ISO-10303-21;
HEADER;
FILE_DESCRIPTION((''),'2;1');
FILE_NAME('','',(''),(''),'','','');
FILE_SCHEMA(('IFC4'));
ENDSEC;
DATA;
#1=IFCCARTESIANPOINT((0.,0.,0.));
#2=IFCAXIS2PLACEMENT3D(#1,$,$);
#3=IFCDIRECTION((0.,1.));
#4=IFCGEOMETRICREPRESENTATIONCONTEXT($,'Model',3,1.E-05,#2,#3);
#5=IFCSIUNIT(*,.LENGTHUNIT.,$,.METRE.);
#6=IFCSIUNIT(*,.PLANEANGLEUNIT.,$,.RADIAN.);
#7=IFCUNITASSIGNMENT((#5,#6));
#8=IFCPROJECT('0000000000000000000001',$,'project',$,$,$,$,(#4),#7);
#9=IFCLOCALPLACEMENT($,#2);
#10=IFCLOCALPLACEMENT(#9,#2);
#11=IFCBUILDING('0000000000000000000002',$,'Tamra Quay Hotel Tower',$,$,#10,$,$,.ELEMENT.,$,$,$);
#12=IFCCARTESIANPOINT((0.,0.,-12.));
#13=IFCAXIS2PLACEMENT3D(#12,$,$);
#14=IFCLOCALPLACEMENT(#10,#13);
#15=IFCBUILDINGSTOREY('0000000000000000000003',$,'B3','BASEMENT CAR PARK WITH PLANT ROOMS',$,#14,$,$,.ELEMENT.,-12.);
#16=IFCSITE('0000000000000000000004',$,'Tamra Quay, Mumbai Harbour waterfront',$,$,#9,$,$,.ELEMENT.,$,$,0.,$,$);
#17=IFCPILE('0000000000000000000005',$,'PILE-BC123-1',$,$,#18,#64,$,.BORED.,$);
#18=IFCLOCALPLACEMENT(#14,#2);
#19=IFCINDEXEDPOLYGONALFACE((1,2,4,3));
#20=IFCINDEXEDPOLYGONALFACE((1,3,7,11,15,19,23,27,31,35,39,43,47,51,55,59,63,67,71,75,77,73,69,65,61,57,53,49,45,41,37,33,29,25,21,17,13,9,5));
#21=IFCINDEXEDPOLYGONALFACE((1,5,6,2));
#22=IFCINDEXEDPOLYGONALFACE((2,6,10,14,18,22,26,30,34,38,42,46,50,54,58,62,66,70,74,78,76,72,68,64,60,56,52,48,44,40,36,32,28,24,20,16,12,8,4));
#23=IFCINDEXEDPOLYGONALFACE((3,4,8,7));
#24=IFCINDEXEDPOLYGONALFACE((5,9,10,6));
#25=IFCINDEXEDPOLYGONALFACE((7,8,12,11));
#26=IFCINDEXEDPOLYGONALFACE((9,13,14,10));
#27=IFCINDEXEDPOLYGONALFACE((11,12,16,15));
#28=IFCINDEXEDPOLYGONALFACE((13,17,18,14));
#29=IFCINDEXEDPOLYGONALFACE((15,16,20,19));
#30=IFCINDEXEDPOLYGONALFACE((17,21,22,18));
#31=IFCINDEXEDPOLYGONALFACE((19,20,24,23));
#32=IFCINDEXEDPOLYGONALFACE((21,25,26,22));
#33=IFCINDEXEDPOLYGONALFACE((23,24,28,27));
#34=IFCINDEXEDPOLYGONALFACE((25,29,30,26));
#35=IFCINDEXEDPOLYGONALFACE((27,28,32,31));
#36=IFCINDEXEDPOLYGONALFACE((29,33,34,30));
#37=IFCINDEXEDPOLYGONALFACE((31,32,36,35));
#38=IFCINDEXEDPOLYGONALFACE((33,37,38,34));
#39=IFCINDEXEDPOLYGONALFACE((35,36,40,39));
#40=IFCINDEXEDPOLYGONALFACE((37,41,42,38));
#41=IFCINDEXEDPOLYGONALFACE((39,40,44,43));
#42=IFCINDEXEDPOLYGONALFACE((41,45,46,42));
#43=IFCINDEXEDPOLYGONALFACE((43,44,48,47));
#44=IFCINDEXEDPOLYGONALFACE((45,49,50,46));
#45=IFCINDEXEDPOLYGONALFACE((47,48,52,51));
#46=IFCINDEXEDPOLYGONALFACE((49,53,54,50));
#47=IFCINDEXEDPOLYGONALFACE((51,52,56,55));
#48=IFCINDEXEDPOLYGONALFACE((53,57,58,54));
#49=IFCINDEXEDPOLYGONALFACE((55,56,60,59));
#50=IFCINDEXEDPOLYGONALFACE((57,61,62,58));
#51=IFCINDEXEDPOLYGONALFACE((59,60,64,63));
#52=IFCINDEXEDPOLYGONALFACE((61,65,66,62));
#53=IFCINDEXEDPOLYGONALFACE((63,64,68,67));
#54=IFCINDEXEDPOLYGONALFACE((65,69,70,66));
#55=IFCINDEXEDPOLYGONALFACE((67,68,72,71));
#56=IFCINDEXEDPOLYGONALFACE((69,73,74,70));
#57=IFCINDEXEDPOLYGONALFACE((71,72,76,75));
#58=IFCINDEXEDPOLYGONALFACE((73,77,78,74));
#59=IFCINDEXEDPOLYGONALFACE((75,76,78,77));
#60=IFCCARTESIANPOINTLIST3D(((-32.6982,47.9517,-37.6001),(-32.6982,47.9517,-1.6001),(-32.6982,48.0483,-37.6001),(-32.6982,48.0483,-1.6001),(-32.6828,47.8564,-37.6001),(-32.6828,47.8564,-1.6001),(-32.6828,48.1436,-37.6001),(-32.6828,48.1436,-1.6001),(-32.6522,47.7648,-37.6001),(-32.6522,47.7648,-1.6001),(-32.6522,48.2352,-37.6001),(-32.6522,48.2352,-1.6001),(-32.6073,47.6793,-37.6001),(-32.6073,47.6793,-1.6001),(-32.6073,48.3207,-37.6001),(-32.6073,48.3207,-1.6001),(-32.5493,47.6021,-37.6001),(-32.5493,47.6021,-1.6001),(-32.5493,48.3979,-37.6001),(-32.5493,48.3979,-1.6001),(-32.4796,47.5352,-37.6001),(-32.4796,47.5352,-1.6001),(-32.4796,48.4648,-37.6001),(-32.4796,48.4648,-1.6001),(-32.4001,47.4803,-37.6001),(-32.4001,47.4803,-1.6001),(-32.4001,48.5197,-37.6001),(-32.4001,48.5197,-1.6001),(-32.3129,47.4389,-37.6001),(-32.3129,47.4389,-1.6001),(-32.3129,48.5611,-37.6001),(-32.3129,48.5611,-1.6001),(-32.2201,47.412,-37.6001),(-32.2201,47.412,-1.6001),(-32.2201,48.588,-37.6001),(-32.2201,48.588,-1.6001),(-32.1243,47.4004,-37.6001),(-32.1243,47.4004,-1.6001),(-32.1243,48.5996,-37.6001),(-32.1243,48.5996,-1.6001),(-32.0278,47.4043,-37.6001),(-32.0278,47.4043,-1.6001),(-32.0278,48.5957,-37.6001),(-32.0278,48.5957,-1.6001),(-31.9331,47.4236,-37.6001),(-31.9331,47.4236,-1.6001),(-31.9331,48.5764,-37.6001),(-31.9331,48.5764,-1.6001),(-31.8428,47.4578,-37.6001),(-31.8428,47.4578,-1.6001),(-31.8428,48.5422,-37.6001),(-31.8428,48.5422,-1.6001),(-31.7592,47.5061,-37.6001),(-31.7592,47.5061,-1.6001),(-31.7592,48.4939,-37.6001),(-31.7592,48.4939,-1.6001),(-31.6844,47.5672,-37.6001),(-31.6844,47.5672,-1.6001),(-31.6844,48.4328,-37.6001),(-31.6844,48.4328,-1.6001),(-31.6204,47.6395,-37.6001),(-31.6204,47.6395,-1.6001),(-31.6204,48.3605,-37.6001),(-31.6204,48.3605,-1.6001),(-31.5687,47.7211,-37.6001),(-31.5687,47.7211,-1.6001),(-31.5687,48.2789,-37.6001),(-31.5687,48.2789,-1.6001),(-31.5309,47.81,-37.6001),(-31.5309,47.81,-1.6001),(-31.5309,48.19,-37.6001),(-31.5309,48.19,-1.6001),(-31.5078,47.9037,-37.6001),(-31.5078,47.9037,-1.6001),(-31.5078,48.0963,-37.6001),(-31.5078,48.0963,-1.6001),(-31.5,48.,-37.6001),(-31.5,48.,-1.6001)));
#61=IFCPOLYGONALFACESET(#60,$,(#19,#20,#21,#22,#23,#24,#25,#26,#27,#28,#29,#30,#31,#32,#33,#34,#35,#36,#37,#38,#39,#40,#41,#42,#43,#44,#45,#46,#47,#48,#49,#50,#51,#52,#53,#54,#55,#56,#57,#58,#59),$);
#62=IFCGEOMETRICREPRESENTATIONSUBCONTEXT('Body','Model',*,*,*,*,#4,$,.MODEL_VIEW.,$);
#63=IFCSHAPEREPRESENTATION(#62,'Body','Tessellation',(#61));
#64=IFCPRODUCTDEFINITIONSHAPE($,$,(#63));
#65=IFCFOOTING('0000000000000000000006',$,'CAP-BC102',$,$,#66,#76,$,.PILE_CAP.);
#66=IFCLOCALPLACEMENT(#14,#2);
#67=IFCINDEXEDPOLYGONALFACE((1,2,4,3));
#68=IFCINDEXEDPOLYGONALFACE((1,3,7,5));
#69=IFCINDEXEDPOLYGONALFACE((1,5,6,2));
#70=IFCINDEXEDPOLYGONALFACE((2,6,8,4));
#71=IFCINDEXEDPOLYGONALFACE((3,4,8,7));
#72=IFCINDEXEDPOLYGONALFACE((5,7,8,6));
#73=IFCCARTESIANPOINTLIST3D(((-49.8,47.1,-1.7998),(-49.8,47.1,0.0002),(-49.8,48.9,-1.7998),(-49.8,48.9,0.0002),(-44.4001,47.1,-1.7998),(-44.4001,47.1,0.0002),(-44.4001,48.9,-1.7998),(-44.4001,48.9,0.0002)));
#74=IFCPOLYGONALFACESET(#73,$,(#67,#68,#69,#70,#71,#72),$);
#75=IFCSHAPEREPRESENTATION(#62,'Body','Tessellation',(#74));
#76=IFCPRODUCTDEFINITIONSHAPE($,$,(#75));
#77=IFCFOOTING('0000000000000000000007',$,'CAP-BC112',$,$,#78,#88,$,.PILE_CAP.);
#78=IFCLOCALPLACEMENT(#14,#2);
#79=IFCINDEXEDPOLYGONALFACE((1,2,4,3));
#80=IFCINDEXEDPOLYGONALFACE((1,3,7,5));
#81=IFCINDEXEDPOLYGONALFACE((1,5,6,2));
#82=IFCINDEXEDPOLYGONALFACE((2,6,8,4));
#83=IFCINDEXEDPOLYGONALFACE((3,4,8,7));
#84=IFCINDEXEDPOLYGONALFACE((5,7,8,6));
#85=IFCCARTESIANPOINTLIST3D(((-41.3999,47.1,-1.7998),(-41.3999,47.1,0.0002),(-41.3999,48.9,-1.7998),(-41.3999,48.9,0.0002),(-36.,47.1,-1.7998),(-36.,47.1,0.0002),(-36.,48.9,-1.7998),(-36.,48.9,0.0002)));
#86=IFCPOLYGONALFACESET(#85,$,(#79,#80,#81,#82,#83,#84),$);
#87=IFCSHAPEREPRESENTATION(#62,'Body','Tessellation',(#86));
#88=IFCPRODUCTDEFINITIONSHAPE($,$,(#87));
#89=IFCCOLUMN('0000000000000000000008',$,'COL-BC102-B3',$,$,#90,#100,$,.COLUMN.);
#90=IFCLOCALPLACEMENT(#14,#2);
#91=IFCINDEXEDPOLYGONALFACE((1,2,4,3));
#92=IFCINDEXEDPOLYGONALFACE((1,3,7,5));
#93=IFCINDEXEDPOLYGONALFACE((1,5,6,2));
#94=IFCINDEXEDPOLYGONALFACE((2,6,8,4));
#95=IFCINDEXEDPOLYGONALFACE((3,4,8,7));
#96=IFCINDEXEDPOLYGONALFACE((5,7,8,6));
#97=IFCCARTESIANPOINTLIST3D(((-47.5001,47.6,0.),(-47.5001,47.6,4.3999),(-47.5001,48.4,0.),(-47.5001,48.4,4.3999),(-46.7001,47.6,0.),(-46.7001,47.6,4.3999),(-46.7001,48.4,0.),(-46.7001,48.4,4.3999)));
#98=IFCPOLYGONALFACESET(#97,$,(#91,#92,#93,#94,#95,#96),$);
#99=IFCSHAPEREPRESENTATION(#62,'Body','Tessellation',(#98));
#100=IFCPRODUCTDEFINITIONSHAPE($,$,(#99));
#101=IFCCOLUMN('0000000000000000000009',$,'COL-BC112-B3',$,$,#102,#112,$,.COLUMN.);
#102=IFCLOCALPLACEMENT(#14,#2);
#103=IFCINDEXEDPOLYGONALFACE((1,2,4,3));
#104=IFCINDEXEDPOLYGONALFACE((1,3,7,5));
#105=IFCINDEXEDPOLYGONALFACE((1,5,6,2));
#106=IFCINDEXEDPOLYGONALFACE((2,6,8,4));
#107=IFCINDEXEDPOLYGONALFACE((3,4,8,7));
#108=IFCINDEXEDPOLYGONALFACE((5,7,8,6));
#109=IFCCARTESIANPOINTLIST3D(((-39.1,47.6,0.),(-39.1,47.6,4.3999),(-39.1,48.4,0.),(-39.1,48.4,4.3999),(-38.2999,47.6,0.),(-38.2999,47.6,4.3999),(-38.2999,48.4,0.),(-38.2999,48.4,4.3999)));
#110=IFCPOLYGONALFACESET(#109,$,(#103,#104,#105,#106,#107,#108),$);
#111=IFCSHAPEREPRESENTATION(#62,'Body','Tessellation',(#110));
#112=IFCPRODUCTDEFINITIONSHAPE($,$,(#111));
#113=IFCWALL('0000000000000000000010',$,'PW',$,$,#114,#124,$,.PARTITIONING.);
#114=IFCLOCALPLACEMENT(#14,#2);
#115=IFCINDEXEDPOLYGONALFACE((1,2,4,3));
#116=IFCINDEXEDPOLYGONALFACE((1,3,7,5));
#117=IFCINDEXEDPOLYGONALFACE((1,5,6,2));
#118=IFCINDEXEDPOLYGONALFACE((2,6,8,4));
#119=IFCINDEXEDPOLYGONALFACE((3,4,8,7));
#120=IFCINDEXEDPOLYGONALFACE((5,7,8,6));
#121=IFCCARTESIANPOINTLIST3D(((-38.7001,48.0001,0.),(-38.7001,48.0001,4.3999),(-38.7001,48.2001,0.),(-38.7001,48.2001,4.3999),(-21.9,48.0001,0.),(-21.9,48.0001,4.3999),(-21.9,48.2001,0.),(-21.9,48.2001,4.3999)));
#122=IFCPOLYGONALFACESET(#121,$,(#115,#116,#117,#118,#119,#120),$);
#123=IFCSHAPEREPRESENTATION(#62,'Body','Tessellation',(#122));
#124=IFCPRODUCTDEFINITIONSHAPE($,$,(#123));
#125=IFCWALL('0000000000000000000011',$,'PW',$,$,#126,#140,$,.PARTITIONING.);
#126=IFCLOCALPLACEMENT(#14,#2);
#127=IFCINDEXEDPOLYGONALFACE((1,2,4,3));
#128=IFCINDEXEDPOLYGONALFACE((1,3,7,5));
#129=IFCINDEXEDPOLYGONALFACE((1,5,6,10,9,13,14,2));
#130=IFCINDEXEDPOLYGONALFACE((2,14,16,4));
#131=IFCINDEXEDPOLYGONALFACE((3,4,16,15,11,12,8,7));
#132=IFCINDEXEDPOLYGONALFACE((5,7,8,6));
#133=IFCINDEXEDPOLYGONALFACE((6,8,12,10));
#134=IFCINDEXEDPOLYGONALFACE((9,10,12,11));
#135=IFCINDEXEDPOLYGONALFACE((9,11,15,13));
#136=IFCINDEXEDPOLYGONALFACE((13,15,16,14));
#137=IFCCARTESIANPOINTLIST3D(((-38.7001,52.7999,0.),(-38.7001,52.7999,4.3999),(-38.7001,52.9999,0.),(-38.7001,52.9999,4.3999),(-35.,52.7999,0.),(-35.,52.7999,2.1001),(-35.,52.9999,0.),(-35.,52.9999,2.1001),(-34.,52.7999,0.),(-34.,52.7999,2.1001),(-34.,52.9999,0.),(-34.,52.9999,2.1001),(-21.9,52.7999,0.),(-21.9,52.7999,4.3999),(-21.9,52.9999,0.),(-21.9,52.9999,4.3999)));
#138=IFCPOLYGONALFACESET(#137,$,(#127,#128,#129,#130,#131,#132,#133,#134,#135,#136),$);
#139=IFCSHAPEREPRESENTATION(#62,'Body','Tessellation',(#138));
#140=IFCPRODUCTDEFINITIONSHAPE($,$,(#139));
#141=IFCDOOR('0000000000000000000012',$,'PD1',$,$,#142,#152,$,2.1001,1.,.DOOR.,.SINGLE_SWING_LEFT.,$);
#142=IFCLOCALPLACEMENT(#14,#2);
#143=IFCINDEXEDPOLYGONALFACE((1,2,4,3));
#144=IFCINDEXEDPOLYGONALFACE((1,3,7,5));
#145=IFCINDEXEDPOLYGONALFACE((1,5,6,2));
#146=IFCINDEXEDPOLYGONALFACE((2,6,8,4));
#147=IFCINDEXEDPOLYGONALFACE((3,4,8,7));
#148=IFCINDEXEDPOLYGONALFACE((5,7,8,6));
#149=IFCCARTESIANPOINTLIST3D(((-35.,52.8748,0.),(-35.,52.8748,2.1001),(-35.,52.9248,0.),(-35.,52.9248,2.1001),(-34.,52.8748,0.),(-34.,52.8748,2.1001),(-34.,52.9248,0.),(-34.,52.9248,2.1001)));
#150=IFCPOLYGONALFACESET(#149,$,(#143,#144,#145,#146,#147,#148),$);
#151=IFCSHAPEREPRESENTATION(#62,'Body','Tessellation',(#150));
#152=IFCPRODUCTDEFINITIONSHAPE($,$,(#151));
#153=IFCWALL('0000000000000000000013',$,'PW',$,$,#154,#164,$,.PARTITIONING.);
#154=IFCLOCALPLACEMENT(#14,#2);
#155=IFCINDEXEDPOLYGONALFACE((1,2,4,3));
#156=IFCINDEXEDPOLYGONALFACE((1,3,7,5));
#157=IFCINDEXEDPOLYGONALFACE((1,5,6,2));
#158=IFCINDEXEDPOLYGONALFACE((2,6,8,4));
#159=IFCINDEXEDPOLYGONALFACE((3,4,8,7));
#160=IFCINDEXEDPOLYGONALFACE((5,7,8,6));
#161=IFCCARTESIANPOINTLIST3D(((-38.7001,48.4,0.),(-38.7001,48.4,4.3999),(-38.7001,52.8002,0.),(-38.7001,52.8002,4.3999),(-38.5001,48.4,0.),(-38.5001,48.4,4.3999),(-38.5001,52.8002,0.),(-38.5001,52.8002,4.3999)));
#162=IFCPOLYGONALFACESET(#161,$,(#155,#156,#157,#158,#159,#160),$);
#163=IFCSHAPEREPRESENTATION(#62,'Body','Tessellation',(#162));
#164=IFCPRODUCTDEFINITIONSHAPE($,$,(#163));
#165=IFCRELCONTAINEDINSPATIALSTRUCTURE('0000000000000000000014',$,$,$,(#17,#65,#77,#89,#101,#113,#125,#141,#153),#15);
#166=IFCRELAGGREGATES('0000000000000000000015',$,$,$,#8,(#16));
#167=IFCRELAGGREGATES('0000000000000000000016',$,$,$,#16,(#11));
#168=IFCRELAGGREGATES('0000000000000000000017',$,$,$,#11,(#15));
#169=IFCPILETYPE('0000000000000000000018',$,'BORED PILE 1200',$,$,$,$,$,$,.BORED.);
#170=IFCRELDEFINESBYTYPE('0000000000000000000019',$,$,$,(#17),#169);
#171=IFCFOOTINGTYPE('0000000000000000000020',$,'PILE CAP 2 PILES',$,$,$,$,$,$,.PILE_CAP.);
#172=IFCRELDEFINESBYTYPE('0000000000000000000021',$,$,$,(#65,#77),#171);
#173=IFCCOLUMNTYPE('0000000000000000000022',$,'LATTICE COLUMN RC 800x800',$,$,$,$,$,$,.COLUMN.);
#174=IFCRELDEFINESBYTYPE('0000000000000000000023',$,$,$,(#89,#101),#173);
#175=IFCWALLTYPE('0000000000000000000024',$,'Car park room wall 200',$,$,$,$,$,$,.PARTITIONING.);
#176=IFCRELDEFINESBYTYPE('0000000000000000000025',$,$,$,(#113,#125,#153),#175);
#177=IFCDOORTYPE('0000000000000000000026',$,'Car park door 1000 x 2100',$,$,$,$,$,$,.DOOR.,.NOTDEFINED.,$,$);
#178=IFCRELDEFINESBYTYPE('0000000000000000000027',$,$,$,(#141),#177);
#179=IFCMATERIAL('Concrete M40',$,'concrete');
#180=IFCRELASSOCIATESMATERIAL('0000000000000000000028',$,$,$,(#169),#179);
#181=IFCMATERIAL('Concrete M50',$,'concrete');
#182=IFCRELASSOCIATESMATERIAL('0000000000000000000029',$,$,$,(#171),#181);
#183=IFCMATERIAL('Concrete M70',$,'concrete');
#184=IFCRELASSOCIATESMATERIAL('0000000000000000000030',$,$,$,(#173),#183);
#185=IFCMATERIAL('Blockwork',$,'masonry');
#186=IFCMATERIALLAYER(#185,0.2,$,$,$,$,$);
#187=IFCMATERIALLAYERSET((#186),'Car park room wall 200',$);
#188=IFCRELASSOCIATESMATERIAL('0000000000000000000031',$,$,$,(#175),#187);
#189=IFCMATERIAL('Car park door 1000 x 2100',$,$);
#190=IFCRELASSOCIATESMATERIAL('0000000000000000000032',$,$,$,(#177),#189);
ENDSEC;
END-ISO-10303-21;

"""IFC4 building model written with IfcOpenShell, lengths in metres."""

from ifc_helpers import new_model, si_unit, direction, frame, frame_2d, origin, origin_2d, place, context, subcontext, project, spatial, rectangle, circle, extrude, material, layer, layer_set, material_profile, profile_set, type_object, element, fill, save


model = new_model("IFC4")

# Units and contexts
model_context = context("Model", 3, precision=1e-05, world=origin(), true_north=direction((0.0, 1.0)))
body_context = subcontext(model_context, "Body", "Model", "MODEL_VIEW")
ifc_project = project(units=[si_unit("LENGTHUNIT", "METRE"), si_unit("PLANEANGLEUNIT", "RADIAN")], contexts=[model_context])

# Site, building, storey
site_placement = place(None, origin())
site = spatial("IfcSite", under=ifc_project, at=site_placement, Name="Tamra Quay, Mumbai Harbour waterfront", CompositionType="ELEMENT", RefElevation=0.0)
building_placement = place(site_placement, origin())
building = spatial("IfcBuilding", under=site, at=building_placement, Name="Tamra Quay Hotel Tower", CompositionType="ELEMENT")
storey_placement = place(building_placement, frame((0.0, 0.0, -12.0)))
storey = spatial("IfcBuildingStorey", under=building, at=storey_placement, Name="B3", Description="BASEMENT CAR PARK WITH PLANT ROOMS", CompositionType="ELEMENT", Elevation=-12.0)

# Pile
ifc_material_1 = material(Name="Concrete M40", Category="concrete")
ifc_material_profile_1 = material_profile(ifc_material_1, circle(Radius=0.6001, at=origin_2d()), Name="BORED PILE 1200")
ifc_profile_set_1 = profile_set([ifc_material_profile_1], Name="Concrete M40")
pile_type = type_object("IfcPileType", Name="BORED PILE 1200", PredefinedType="BORED", material=ifc_profile_set_1)
for number, where, z_axis, x_axis, name in (
    (1, (-32.1001, 48.0, -1.6001), (0.0, 0.0, -1.0), (1.0, 0.0, 0.0), "PILE-BC123-1"),
):
    element("IfcPile", number, at=place(storey_placement, frame(where, z_axis=z_axis, x_axis=x_axis)), inside=storey, type_object=pile_type, Name=name, PredefinedType="BORED", context=body_context, shape_type="SweptSolid", body=[
        extrude(circle(Radius=0.6001, at=origin_2d()), origin(), (0.0, 0.0, 1.0), 36.0),
    ])

# Footings
ifc_material_2 = material(Name="Concrete M50", Category="concrete")
footing_type = type_object("IfcFootingType", Name="PILE CAP 2 PILES", PredefinedType="PILE_CAP", material=ifc_material_2)
for number, where, z_axis, x_axis, name in (
    (2, (-47.1001, 48.0, -1.7998), (0.0, 0.0, 1.0), (1.0, 0.0, 0.0), "CAP-BC102"),
    (3, (-38.7, 48.0, -1.7998), (0.0, 0.0, 1.0), (1.0, 0.0, 0.0), "CAP-BC112"),
):
    element("IfcFooting", number, at=place(storey_placement, frame(where, z_axis=z_axis, x_axis=x_axis)), inside=storey, type_object=footing_type, Name=name, PredefinedType="PILE_CAP", context=body_context, shape_type="SweptSolid", body=[
        extrude(rectangle(XDim=5.3999, YDim=1.8, at=origin_2d()), origin(), (0.0, 0.0, 1.0), 1.8),
    ])

# Columns
ifc_material_3 = material(Name="Concrete M70", Category="concrete")
ifc_material_profile_2 = material_profile(ifc_material_3, rectangle(XDim=0.8, YDim=0.8, at=origin_2d()), Name="LATTICE COLUMN RC 800x800")
ifc_profile_set_2 = profile_set([ifc_material_profile_2], Name="Concrete M70")
column_type = type_object("IfcColumnType", Name="LATTICE COLUMN RC 800x800", PredefinedType="COLUMN", material=ifc_profile_set_2)
for number, where, z_axis, x_axis, name in (
    (4, (-47.1001, 48.0, 0.0), (0.0, 0.0, 1.0), (1.0, 0.0, 0.0), "COL-BC102-B3"),
    (5, (-38.7, 48.0, 0.0), (0.0, 0.0, 1.0), (1.0, 0.0, 0.0), "COL-BC112-B3"),
):
    element("IfcColumn", number, at=place(storey_placement, frame(where, z_axis=z_axis, x_axis=x_axis)), inside=storey, type_object=column_type, Name=name, PredefinedType="COLUMN", context=body_context, shape_type="SweptSolid", body=[
        extrude(rectangle(XDim=0.8, YDim=0.8, at=origin_2d()), origin(), (0.0, 0.0, 1.0), 4.3999),
    ])

# Wall
ifc_material_4 = material(Name="Blockwork", Category="masonry")
ifc_layer_1 = layer(ifc_material_4, 0.2)
ifc_layer_set_1 = layer_set([ifc_layer_1], Name="Car park room wall 200")
wall_type_1 = type_object("IfcWallType", Name="Car park room wall 200", PredefinedType="PARTITIONING", material=ifc_layer_set_1)
wall_1_placement = place(storey_placement, frame((-38.7, 48.1001, 0.0), z_axis=(0.0, 0.0, 1.0), x_axis=(1.0, 0.0, 0.0)))
element("IfcWall", 6, at=wall_1_placement, inside=storey, type_object=wall_type_1, Name="PW", PredefinedType="PARTITIONING", context=body_context, shape_type="SweptSolid", body=[
    extrude(rectangle(XDim=16.8, YDim=0.2, at=frame_2d((8.3999, 0.0))), origin(), (0.0, 0.0, 1.0), 4.3999),
])

# Wall, opening, door
wall_2_placement = place(storey_placement, frame((-38.7, 52.8999, 0.0), z_axis=(0.0, 0.0, 1.0), x_axis=(1.0, 0.0, 0.0)))
wall_2 = element("IfcWall", 7, at=wall_2_placement, inside=storey, type_object=wall_type_1, Name="PW", PredefinedType="PARTITIONING", context=body_context, shape_type="SweptSolid", body=[
    extrude(rectangle(XDim=16.8, YDim=0.2, at=frame_2d((8.3999, 0.0))), origin(), (0.0, 0.0, 1.0), 4.3999),
])
opening_1_placement = place(wall_2_placement, frame((3.7, 0.0, 0.0)))
opening_1 = element("IfcOpeningElement", 8, at=opening_1_placement, cuts=wall_2, PredefinedType="OPENING", context=body_context, shape_type="SweptSolid", body=[
    extrude(rectangle(XDim=1.0, YDim=2.1001, at=frame_2d((0.5, 1.05))), frame((0.0, 0.1099, 0.0), z_axis=(0.0, -1.0, 0.0), x_axis=(1.0, 0.0, 0.0)), (0.0, 0.0, 1.0), 0.22),
])
ifc_material_5 = material(Name="Car park door 1000 x 2100")
door_type = type_object("IfcDoorType", Name="Car park door 1000 x 2100", OperationType="NOTDEFINED", PredefinedType="DOOR", material=ifc_material_5)
door_1_placement = place(opening_1_placement, origin())
door_1 = element("IfcDoor", 9, at=door_1_placement, inside=storey, type_object=door_type, Name="PD1", OperationType="SINGLE_SWING_LEFT", OverallHeight=2.1001, OverallWidth=1.0, PredefinedType="DOOR", context=body_context, shape_type="SweptSolid", body=[
    extrude(rectangle(XDim=1.0, YDim=2.1001, at=frame_2d((0.5, 1.05))), frame((0.0, 0.0249, 0.0), z_axis=(0.0, -1.0, 0.0), x_axis=(1.0, 0.0, 0.0)), (0.0, 0.0, 1.0), 0.05),
])
fill(opening_1, door_1)

# Wall
wall_3_placement = place(storey_placement, frame((-38.6001, 48.3999, 0.0), z_axis=(0.0, 0.0, 1.0), x_axis=(0.0, 1.0, 0.0)))
element("IfcWall", 10, at=wall_3_placement, inside=storey, type_object=wall_type_1, Name="PW", PredefinedType="PARTITIONING", context=body_context, shape_type="SweptSolid", body=[
    extrude(rectangle(XDim=4.4001, YDim=0.2, at=frame_2d((2.2002, 0.0))), origin(), (0.0, 0.0, 1.0), 4.3999),
])

save(model, "model.ifc")
